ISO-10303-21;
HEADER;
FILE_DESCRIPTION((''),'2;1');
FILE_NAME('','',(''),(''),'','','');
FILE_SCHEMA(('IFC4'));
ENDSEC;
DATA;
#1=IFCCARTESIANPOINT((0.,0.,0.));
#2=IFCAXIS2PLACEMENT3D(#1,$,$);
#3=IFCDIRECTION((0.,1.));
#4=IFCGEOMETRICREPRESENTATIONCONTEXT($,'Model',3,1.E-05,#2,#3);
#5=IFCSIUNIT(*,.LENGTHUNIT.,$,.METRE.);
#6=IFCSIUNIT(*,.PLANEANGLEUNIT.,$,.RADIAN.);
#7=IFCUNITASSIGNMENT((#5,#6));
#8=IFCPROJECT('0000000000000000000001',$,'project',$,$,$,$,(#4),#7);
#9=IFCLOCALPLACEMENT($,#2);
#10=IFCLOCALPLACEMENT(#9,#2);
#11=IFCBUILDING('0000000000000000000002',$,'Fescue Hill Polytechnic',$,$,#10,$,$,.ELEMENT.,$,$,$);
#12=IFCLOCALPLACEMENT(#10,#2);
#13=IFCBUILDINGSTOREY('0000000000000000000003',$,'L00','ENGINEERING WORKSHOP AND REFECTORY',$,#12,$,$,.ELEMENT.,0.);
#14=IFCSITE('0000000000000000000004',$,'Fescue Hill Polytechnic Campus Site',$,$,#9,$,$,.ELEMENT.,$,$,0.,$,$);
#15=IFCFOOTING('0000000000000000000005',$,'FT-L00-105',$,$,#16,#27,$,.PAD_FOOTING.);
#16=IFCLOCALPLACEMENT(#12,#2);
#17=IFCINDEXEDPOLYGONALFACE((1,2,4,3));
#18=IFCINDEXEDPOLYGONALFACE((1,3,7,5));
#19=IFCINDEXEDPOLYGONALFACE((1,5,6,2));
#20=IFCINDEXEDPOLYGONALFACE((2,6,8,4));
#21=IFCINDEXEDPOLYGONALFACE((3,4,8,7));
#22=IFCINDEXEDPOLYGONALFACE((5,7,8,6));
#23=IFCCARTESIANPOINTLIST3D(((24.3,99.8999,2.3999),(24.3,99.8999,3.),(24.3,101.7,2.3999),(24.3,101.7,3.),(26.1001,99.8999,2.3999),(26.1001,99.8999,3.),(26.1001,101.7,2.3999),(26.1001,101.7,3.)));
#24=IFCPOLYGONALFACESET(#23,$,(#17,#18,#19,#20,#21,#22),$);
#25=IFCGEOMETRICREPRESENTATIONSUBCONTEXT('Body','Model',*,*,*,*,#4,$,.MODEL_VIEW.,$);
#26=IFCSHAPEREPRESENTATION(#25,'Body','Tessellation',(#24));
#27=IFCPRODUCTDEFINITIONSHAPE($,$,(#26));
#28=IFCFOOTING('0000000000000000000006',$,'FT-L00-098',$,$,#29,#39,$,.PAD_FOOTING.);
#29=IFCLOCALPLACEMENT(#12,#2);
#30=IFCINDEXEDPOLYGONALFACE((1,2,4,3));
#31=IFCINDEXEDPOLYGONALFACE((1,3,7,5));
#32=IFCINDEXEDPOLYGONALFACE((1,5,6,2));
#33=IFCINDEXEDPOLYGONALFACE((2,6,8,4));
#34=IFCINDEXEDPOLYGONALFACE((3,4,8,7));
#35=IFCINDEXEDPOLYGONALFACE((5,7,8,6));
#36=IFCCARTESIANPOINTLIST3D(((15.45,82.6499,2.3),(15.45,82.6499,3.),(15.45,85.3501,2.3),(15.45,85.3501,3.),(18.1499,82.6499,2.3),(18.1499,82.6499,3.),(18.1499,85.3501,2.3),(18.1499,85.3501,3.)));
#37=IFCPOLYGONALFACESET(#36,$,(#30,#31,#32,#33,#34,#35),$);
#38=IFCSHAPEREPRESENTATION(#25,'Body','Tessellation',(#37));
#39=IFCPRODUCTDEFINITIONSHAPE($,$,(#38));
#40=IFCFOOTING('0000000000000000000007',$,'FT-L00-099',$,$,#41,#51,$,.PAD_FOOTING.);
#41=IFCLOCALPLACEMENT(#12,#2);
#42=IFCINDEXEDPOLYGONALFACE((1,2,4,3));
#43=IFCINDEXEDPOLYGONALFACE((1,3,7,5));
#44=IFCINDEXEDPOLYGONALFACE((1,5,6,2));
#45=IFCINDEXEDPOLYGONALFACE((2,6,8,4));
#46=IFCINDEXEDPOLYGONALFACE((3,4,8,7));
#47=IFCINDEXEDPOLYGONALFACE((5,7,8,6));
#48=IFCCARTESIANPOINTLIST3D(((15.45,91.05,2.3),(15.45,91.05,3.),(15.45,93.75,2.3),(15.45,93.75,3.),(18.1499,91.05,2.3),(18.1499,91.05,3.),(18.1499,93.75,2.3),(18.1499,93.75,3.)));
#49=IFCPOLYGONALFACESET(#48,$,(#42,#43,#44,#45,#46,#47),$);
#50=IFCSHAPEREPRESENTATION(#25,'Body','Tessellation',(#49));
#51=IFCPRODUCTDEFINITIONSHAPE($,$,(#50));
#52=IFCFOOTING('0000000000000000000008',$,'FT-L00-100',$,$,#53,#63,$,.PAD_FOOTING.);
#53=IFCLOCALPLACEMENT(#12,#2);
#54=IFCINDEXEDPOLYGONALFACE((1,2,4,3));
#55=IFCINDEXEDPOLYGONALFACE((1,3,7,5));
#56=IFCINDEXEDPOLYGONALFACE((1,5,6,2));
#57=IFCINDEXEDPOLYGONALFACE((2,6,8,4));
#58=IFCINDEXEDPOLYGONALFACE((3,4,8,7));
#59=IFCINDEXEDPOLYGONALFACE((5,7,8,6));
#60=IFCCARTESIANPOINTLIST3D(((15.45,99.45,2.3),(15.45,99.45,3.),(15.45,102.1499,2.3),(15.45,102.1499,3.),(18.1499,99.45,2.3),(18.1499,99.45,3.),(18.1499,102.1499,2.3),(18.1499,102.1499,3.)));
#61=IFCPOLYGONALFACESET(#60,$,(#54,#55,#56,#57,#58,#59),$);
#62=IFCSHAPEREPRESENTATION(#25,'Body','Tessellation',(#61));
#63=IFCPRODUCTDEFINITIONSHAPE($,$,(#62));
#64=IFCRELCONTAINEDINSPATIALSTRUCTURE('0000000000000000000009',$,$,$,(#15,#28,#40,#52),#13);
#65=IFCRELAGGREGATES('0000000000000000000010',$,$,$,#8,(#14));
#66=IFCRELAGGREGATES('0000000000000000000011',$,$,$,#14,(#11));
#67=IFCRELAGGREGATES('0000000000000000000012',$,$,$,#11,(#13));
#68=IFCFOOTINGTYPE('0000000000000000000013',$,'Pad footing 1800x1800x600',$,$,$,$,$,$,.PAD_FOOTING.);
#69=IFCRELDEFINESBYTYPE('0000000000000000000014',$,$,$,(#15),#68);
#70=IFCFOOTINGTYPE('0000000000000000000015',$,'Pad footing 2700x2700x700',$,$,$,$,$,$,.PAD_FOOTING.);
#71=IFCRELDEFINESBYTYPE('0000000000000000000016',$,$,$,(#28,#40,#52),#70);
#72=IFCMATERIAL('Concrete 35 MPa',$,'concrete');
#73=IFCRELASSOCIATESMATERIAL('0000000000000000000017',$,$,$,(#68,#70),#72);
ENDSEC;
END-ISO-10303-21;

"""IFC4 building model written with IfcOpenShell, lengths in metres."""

from ifc_helpers import new_model, si_unit, direction, frame, origin, place, context, subcontext, project, spatial, polyline, outline, extrude, material, type_object, element, save


model = new_model("IFC4")

# Units and contexts
model_context = context("Model", 3, precision=1e-05, world=origin(), true_north=direction((0.0, 1.0)))
body_context = subcontext(model_context, "Body", "Model", "MODEL_VIEW")
ifc_project = project(units=[si_unit("LENGTHUNIT", "METRE"), si_unit("PLANEANGLEUNIT", "RADIAN")], contexts=[model_context])

# Site, building, storey
site_placement = place(None, origin())
site = spatial("IfcSite", under=ifc_project, at=site_placement, Name="Fescue Hill Polytechnic Campus Site", CompositionType="ELEMENT", RefElevation=0.0)
building_placement = place(site_placement, origin())
building = spatial("IfcBuilding", under=site, at=building_placement, Name="Fescue Hill Polytechnic", CompositionType="ELEMENT")
storey_placement = place(building_placement, origin())
storey = spatial("IfcBuildingStorey", under=building, at=storey_placement, Name="L00", Description="ENGINEERING WORKSHOP AND REFECTORY", CompositionType="ELEMENT", Elevation=0.0)

# Footings
ifc_material = material(Name="Concrete 35 MPa", Category="concrete")
footing_type_1 = type_object("IfcFootingType", Name="Pad footing 1800x1800x600", PredefinedType="PAD_FOOTING", material=ifc_material)
footing_1_placement = place(storey_placement, frame((0.0, 0.0, 2.3999)))
element("IfcFooting", 1, at=footing_1_placement, inside=storey, type_object=footing_type_1, Name="FT-L00-105", PredefinedType="PAD_FOOTING", context=body_context, shape_type="SweptSolid", body=[
    extrude(outline(polyline([(26.1001, 99.8999), (26.1001, 101.7), (24.3, 101.7), (24.3, 99.8999), (26.1001, 99.8999)])), origin(), (0.0, 0.0, 1.0), 0.6001),
])
footing_type_2 = type_object("IfcFootingType", Name="Pad footing 2700x2700x700", PredefinedType="PAD_FOOTING", material=ifc_material)
footing_2_placement = place(storey_placement, frame((0.0, 0.0, 2.3)))
element("IfcFooting", 2, at=footing_2_placement, inside=storey, type_object=footing_type_2, Name="FT-L00-098", PredefinedType="PAD_FOOTING", context=body_context, shape_type="SweptSolid", body=[
    extrude(outline(polyline([(18.1499, 82.6499), (18.1499, 85.3501), (15.45, 85.3501), (15.45, 82.6499), (18.1499, 82.6499)])), origin(), (0.0, 0.0, 1.0), 0.7),
])
footing_3_placement = place(storey_placement, frame((0.0, 0.0, 2.3)))
element("IfcFooting", 3, at=footing_3_placement, inside=storey, type_object=footing_type_2, Name="FT-L00-099", PredefinedType="PAD_FOOTING", context=body_context, shape_type="SweptSolid", body=[
    extrude(outline(polyline([(18.1499, 91.05), (18.1499, 93.75), (15.45, 93.75), (15.45, 91.05), (18.1499, 91.05)])), origin(), (0.0, 0.0, 1.0), 0.7),
])
footing_4_placement = place(storey_placement, frame((0.0, 0.0, 2.3)))
element("IfcFooting", 4, at=footing_4_placement, inside=storey, type_object=footing_type_2, Name="FT-L00-100", PredefinedType="PAD_FOOTING", context=body_context, shape_type="SweptSolid", body=[
    extrude(outline(polyline([(18.1499, 99.45), (18.1499, 102.1499), (15.45, 102.1499), (15.45, 99.45), (18.1499, 99.45)])), origin(), (0.0, 0.0, 1.0), 0.7),
])

save(model, "model.ifc")
